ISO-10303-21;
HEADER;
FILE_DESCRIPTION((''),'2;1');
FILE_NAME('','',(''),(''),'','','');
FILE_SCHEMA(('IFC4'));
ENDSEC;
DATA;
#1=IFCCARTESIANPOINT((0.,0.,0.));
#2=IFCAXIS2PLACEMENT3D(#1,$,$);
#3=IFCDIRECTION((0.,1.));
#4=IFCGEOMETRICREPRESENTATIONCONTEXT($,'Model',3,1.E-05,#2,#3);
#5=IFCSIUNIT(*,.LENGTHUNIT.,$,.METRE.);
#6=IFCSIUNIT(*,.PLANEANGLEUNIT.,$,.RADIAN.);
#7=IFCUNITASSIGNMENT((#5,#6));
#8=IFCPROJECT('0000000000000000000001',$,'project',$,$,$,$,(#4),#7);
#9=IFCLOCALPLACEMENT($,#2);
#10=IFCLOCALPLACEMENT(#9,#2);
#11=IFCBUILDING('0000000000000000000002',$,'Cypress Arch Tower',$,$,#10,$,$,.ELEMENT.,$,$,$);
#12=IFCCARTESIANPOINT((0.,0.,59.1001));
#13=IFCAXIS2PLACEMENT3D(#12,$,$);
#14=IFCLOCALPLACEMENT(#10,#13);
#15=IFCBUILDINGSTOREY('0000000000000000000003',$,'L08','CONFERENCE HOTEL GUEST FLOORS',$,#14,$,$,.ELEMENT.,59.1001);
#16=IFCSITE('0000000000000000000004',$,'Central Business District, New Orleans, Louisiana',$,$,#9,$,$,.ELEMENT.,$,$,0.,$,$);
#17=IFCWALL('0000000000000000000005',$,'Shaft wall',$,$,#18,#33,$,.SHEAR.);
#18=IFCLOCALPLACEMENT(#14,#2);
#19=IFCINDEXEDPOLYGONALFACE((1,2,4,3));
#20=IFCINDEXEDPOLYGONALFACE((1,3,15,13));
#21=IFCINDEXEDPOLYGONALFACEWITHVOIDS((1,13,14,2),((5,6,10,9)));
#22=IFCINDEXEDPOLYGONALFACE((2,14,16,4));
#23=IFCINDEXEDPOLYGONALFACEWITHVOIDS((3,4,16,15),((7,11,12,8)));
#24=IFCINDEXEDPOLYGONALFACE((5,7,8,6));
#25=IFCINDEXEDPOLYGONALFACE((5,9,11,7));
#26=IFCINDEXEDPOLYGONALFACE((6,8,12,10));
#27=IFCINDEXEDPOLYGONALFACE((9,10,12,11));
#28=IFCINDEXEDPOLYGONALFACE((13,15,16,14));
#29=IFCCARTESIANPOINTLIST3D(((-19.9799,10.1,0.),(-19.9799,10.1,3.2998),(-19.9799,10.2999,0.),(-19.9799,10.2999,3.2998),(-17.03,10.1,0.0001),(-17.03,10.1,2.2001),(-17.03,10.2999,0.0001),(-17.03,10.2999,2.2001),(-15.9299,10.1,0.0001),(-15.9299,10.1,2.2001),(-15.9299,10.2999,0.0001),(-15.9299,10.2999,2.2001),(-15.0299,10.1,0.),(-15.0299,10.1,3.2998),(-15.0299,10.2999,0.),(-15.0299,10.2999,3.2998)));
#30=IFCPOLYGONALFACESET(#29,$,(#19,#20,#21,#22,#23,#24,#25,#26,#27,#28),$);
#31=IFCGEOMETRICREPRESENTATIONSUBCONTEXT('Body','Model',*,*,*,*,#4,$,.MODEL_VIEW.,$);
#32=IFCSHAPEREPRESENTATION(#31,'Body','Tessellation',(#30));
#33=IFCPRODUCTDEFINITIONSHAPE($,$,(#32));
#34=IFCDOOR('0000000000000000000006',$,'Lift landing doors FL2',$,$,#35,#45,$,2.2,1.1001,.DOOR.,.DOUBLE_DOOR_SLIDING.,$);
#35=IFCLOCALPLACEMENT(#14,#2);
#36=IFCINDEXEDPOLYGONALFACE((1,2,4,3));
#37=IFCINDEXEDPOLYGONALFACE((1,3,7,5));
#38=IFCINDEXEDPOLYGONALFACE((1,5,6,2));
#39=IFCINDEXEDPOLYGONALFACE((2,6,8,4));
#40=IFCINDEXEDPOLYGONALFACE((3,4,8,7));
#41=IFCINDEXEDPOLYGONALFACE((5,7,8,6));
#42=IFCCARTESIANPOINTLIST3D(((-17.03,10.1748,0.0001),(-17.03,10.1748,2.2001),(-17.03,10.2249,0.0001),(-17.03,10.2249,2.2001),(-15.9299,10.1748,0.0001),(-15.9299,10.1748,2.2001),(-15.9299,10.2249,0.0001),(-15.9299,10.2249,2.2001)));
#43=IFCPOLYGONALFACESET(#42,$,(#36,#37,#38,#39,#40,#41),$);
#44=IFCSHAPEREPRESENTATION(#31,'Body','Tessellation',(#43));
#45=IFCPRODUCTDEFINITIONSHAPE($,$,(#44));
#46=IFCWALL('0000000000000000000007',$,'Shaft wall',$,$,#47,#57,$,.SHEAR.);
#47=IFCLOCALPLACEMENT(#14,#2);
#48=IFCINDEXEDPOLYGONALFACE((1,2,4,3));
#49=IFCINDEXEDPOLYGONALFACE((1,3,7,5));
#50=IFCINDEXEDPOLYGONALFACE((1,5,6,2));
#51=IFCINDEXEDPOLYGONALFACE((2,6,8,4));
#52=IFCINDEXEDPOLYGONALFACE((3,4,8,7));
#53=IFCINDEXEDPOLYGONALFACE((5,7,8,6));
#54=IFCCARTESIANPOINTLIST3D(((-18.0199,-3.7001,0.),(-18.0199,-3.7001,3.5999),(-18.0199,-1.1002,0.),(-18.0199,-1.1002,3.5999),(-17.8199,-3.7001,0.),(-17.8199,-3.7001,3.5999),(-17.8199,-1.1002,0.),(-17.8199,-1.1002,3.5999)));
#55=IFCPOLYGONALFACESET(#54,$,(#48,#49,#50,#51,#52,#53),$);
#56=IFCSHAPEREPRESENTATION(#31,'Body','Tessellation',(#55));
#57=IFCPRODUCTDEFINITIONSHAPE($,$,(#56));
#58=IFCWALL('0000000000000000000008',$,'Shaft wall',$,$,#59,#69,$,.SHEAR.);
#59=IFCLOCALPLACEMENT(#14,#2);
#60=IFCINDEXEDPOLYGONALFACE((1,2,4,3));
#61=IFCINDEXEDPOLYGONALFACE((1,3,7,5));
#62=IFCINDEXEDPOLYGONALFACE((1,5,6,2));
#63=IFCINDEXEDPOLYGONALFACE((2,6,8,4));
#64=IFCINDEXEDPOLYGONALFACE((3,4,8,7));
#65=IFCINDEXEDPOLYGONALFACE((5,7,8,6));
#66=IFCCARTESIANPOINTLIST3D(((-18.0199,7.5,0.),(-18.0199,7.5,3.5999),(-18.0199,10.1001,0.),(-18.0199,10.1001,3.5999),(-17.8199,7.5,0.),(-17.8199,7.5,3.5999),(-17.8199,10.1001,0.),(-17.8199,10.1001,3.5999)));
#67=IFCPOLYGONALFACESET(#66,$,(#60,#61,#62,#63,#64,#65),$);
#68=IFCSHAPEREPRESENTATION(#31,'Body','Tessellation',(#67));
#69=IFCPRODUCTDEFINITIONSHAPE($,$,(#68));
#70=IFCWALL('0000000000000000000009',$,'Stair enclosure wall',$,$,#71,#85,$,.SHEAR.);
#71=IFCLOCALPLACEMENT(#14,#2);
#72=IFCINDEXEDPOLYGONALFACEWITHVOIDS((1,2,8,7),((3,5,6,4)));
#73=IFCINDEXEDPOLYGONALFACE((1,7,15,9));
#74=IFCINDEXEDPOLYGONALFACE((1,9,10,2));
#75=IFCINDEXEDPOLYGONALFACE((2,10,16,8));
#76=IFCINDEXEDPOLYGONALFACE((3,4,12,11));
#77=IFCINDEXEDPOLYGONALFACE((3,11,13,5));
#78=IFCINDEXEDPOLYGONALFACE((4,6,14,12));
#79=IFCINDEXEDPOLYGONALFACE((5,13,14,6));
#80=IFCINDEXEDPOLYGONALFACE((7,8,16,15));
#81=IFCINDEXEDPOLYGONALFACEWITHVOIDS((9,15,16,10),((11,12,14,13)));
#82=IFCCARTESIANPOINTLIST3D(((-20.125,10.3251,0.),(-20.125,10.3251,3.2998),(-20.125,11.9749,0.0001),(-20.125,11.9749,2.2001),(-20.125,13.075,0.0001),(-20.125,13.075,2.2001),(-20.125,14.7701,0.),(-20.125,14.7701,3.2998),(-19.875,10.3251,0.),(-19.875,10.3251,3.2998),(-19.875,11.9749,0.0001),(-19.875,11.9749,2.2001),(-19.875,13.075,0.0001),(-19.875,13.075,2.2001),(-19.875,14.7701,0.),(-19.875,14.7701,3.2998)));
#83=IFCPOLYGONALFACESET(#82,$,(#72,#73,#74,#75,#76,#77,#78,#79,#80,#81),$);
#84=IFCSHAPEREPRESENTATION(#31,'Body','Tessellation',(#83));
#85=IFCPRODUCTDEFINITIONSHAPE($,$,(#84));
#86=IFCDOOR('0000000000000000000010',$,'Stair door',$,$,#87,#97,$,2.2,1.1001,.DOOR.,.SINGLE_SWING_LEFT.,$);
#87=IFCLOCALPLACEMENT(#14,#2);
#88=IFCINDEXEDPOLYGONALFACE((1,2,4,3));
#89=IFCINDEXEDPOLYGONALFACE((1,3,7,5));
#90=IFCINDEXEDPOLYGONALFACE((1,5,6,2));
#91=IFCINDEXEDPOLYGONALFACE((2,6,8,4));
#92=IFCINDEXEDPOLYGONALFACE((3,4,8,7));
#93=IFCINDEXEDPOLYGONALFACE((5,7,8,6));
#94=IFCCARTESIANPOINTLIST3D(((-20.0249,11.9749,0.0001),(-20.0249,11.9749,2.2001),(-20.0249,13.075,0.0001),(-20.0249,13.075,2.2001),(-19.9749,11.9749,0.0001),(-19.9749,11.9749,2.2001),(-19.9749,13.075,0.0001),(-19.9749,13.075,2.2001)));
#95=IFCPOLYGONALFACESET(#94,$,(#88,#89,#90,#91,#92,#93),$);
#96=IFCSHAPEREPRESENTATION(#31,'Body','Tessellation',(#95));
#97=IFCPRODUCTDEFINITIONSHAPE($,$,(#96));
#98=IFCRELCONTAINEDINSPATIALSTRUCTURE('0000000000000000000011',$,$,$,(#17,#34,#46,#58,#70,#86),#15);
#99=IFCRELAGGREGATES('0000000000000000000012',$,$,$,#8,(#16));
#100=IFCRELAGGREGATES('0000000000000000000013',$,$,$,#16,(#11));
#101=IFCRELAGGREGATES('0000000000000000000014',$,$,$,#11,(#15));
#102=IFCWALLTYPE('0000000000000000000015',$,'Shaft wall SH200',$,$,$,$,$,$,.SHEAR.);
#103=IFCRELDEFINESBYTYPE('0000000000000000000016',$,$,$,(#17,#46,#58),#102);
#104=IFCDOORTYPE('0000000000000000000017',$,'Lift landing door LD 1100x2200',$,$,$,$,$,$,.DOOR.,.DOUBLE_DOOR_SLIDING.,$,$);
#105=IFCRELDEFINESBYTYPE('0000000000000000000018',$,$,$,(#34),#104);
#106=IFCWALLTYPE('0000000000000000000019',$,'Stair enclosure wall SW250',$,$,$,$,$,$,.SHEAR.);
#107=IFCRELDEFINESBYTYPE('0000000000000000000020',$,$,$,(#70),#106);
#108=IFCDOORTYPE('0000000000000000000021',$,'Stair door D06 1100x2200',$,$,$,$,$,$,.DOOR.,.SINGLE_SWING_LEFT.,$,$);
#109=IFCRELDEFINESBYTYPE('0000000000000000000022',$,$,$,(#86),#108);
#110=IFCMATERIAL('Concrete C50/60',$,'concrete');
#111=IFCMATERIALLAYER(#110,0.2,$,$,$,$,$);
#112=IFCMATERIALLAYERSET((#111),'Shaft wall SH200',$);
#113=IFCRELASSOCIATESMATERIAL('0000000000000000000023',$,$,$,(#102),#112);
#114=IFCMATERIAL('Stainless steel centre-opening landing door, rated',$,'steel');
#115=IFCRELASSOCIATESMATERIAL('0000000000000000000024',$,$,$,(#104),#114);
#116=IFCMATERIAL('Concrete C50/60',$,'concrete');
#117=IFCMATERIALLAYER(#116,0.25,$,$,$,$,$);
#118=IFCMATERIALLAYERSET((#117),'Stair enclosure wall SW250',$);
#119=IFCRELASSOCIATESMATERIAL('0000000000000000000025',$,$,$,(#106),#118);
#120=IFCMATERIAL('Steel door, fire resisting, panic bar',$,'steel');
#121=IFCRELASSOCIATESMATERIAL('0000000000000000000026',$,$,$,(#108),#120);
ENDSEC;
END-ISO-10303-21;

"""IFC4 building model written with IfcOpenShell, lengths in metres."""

from ifc_helpers import new_model, si_unit, direction, frame, frame_2d, origin, place, context, subcontext, project, spatial, rectangle, extrude, material, layer, layer_set, type_object, element, fill, save


model = new_model("IFC4")

# Units and contexts
model_context = context("Model", 3, precision=1e-05, world=origin(), true_north=direction((0.0, 1.0)))
body_context = subcontext(model_context, "Body", "Model", "MODEL_VIEW")
ifc_project = project(units=[si_unit("LENGTHUNIT", "METRE"), si_unit("PLANEANGLEUNIT", "RADIAN")], contexts=[model_context])

# Site, building, storey
site_placement = place(None, origin())
site = spatial("IfcSite", under=ifc_project, at=site_placement, Name="Central Business District, New Orleans, Louisiana", CompositionType="ELEMENT", RefElevation=0.0)
building_placement = place(site_placement, origin())
building = spatial("IfcBuilding", under=site, at=building_placement, Name="Cypress Arch Tower", CompositionType="ELEMENT")
storey_placement = place(building_placement, frame((0.0, 0.0, 59.1001)))
storey = spatial("IfcBuildingStorey", under=building, at=storey_placement, Name="L08", Description="CONFERENCE HOTEL GUEST FLOORS", CompositionType="ELEMENT", Elevation=59.1001)

# Wall, opening, door
ifc_material_1 = material(Name="Concrete C50/60", Category="concrete")
ifc_layer_1 = layer(ifc_material_1, 0.2)
ifc_layer_set_1 = layer_set([ifc_layer_1], Name="Shaft wall SH200")
wall_type_1 = type_object("IfcWallType", Name="Shaft wall SH200", PredefinedType="SHEAR", material=ifc_layer_set_1)
wall_1_placement = place(storey_placement, frame((-19.98, 10.2, 0.0), z_axis=(0.0, 0.0, 1.0), x_axis=(1.0, 0.0, 0.0)))
wall_1 = element("IfcWall", 1, at=wall_1_placement, inside=storey, type_object=wall_type_1, Name="Shaft wall", PredefinedType="SHEAR", context=body_context, shape_type="SweptSolid", body=[
    extrude(rectangle(XDim=4.95, YDim=0.2, at=frame_2d((2.4751, 0.0))), origin(), (0.0, 0.0, 1.0), 3.2998),
])
opening_1_placement = place(wall_1_placement, frame((2.95, 0.0, 0.0)))
opening_1 = element("IfcOpeningElement", 2, at=opening_1_placement, cuts=wall_1, PredefinedType="OPENING", context=body_context, shape_type="SweptSolid", body=[
    extrude(rectangle(XDim=1.1001, YDim=2.2, at=frame_2d((0.55, 1.1001))), frame((0.0, 0.1099, 0.0), z_axis=(0.0, -1.0, 0.0), x_axis=(1.0, 0.0, 0.0)), (0.0, 0.0, 1.0), 0.22),
])
ifc_material_2 = material(Name="Stainless steel centre-opening landing door, rated", Category="steel")
door_type_1 = type_object("IfcDoorType", Name="Lift landing door LD 1100x2200", OperationType="DOUBLE_DOOR_SLIDING", PredefinedType="DOOR", material=ifc_material_2)
door_1_placement = place(opening_1_placement, origin())
door_1 = element("IfcDoor", 3, at=door_1_placement, inside=storey, type_object=door_type_1, Name="Lift landing doors FL2", OperationType="DOUBLE_DOOR_SLIDING", OverallHeight=2.2, OverallWidth=1.1001, PredefinedType="DOOR", context=body_context, shape_type="SweptSolid", body=[
    extrude(rectangle(XDim=1.1001, YDim=2.2, at=frame_2d((0.55, 1.1001))), frame((0.0, 0.0249, 0.0), z_axis=(0.0, -1.0, 0.0), x_axis=(1.0, 0.0, 0.0)), (0.0, 0.0, 1.0), 0.05),
])
fill(opening_1, door_1)

# Walls
wall_2_placement = place(storey_placement, frame((-17.9199, -3.7, 0.0), z_axis=(0.0, 0.0, 1.0), x_axis=(0.0, 1.0, 0.0)))
element("IfcWall", 4, at=wall_2_placement, inside=storey, type_object=wall_type_1, Name="Shaft wall", PredefinedType="SHEAR", context=body_context, shape_type="SweptSolid", body=[
    extrude(rectangle(XDim=2.5999, YDim=0.2, at=frame_2d((1.2998, 0.0))), origin(), (0.0, 0.0, 1.0), 3.5999),
])
wall_3_placement = place(storey_placement, frame((-17.9199, 7.5, 0.0), z_axis=(0.0, 0.0, 1.0), x_axis=(0.0, 1.0, 0.0)))
element("IfcWall", 5, at=wall_3_placement, inside=storey, type_object=wall_type_1, Name="Shaft wall", PredefinedType="SHEAR", context=body_context, shape_type="SweptSolid", body=[
    extrude(rectangle(XDim=2.6001, YDim=0.2, at=frame_2d((1.3, 0.0))), origin(), (0.0, 0.0, 1.0), 3.5999),
])

# Wall, opening, door
ifc_material_3 = material(Name="Concrete C50/60", Category="concrete")
ifc_layer_2 = layer(ifc_material_3, 0.25)
ifc_layer_set_2 = layer_set([ifc_layer_2], Name="Stair enclosure wall SW250")
wall_type_2 = type_object("IfcWallType", Name="Stair enclosure wall SW250", PredefinedType="SHEAR", material=ifc_layer_set_2)
wall_4_placement = place(storey_placement, frame((-20.0, 10.325, 0.0), z_axis=(0.0, 0.0, 1.0), x_axis=(0.0, 1.0, 0.0)))
wall_4 = element("IfcWall", 6, at=wall_4_placement, inside=storey, type_object=wall_type_2, Name="Stair enclosure wall", PredefinedType="SHEAR", context=body_context, shape_type="SweptSolid", body=[
    extrude(rectangle(XDim=4.4451, YDim=0.25, at=frame_2d((2.2227, 0.0))), origin(), (0.0, 0.0, 1.0), 3.2998),
])
opening_2_placement = place(wall_4_placement, frame((1.6499, 0.0, 0.0)))
opening_2 = element("IfcOpeningElement", 7, at=opening_2_placement, cuts=wall_4, PredefinedType="OPENING", context=body_context, shape_type="SweptSolid", body=[
    extrude(rectangle(XDim=1.1001, YDim=2.2, at=frame_2d((0.55, 1.1001))), frame((0.0, 0.135, 0.0), z_axis=(0.0, -1.0, 0.0), x_axis=(1.0, 0.0, 0.0)), (0.0, 0.0, 1.0), 0.27),
])
ifc_material_4 = material(Name="Steel door, fire resisting, panic bar", Category="steel")
door_type_2 = type_object("IfcDoorType", Name="Stair door D06 1100x2200", OperationType="SINGLE_SWING_LEFT", PredefinedType="DOOR", material=ifc_material_4)
door_2_placement = place(opening_2_placement, origin())
door_2 = element("IfcDoor", 8, at=door_2_placement, inside=storey, type_object=door_type_2, Name="Stair door", OperationType="SINGLE_SWING_LEFT", OverallHeight=2.2, OverallWidth=1.1001, PredefinedType="DOOR", context=body_context, shape_type="SweptSolid", body=[
    extrude(rectangle(XDim=1.1001, YDim=2.2, at=frame_2d((0.55, 1.1001))), frame((0.0, 0.0249, 0.0), z_axis=(0.0, -1.0, 0.0), x_axis=(1.0, 0.0, 0.0)), (0.0, 0.0, 1.0), 0.05),
])
fill(opening_2, door_2)

save(model, "model.ifc")
